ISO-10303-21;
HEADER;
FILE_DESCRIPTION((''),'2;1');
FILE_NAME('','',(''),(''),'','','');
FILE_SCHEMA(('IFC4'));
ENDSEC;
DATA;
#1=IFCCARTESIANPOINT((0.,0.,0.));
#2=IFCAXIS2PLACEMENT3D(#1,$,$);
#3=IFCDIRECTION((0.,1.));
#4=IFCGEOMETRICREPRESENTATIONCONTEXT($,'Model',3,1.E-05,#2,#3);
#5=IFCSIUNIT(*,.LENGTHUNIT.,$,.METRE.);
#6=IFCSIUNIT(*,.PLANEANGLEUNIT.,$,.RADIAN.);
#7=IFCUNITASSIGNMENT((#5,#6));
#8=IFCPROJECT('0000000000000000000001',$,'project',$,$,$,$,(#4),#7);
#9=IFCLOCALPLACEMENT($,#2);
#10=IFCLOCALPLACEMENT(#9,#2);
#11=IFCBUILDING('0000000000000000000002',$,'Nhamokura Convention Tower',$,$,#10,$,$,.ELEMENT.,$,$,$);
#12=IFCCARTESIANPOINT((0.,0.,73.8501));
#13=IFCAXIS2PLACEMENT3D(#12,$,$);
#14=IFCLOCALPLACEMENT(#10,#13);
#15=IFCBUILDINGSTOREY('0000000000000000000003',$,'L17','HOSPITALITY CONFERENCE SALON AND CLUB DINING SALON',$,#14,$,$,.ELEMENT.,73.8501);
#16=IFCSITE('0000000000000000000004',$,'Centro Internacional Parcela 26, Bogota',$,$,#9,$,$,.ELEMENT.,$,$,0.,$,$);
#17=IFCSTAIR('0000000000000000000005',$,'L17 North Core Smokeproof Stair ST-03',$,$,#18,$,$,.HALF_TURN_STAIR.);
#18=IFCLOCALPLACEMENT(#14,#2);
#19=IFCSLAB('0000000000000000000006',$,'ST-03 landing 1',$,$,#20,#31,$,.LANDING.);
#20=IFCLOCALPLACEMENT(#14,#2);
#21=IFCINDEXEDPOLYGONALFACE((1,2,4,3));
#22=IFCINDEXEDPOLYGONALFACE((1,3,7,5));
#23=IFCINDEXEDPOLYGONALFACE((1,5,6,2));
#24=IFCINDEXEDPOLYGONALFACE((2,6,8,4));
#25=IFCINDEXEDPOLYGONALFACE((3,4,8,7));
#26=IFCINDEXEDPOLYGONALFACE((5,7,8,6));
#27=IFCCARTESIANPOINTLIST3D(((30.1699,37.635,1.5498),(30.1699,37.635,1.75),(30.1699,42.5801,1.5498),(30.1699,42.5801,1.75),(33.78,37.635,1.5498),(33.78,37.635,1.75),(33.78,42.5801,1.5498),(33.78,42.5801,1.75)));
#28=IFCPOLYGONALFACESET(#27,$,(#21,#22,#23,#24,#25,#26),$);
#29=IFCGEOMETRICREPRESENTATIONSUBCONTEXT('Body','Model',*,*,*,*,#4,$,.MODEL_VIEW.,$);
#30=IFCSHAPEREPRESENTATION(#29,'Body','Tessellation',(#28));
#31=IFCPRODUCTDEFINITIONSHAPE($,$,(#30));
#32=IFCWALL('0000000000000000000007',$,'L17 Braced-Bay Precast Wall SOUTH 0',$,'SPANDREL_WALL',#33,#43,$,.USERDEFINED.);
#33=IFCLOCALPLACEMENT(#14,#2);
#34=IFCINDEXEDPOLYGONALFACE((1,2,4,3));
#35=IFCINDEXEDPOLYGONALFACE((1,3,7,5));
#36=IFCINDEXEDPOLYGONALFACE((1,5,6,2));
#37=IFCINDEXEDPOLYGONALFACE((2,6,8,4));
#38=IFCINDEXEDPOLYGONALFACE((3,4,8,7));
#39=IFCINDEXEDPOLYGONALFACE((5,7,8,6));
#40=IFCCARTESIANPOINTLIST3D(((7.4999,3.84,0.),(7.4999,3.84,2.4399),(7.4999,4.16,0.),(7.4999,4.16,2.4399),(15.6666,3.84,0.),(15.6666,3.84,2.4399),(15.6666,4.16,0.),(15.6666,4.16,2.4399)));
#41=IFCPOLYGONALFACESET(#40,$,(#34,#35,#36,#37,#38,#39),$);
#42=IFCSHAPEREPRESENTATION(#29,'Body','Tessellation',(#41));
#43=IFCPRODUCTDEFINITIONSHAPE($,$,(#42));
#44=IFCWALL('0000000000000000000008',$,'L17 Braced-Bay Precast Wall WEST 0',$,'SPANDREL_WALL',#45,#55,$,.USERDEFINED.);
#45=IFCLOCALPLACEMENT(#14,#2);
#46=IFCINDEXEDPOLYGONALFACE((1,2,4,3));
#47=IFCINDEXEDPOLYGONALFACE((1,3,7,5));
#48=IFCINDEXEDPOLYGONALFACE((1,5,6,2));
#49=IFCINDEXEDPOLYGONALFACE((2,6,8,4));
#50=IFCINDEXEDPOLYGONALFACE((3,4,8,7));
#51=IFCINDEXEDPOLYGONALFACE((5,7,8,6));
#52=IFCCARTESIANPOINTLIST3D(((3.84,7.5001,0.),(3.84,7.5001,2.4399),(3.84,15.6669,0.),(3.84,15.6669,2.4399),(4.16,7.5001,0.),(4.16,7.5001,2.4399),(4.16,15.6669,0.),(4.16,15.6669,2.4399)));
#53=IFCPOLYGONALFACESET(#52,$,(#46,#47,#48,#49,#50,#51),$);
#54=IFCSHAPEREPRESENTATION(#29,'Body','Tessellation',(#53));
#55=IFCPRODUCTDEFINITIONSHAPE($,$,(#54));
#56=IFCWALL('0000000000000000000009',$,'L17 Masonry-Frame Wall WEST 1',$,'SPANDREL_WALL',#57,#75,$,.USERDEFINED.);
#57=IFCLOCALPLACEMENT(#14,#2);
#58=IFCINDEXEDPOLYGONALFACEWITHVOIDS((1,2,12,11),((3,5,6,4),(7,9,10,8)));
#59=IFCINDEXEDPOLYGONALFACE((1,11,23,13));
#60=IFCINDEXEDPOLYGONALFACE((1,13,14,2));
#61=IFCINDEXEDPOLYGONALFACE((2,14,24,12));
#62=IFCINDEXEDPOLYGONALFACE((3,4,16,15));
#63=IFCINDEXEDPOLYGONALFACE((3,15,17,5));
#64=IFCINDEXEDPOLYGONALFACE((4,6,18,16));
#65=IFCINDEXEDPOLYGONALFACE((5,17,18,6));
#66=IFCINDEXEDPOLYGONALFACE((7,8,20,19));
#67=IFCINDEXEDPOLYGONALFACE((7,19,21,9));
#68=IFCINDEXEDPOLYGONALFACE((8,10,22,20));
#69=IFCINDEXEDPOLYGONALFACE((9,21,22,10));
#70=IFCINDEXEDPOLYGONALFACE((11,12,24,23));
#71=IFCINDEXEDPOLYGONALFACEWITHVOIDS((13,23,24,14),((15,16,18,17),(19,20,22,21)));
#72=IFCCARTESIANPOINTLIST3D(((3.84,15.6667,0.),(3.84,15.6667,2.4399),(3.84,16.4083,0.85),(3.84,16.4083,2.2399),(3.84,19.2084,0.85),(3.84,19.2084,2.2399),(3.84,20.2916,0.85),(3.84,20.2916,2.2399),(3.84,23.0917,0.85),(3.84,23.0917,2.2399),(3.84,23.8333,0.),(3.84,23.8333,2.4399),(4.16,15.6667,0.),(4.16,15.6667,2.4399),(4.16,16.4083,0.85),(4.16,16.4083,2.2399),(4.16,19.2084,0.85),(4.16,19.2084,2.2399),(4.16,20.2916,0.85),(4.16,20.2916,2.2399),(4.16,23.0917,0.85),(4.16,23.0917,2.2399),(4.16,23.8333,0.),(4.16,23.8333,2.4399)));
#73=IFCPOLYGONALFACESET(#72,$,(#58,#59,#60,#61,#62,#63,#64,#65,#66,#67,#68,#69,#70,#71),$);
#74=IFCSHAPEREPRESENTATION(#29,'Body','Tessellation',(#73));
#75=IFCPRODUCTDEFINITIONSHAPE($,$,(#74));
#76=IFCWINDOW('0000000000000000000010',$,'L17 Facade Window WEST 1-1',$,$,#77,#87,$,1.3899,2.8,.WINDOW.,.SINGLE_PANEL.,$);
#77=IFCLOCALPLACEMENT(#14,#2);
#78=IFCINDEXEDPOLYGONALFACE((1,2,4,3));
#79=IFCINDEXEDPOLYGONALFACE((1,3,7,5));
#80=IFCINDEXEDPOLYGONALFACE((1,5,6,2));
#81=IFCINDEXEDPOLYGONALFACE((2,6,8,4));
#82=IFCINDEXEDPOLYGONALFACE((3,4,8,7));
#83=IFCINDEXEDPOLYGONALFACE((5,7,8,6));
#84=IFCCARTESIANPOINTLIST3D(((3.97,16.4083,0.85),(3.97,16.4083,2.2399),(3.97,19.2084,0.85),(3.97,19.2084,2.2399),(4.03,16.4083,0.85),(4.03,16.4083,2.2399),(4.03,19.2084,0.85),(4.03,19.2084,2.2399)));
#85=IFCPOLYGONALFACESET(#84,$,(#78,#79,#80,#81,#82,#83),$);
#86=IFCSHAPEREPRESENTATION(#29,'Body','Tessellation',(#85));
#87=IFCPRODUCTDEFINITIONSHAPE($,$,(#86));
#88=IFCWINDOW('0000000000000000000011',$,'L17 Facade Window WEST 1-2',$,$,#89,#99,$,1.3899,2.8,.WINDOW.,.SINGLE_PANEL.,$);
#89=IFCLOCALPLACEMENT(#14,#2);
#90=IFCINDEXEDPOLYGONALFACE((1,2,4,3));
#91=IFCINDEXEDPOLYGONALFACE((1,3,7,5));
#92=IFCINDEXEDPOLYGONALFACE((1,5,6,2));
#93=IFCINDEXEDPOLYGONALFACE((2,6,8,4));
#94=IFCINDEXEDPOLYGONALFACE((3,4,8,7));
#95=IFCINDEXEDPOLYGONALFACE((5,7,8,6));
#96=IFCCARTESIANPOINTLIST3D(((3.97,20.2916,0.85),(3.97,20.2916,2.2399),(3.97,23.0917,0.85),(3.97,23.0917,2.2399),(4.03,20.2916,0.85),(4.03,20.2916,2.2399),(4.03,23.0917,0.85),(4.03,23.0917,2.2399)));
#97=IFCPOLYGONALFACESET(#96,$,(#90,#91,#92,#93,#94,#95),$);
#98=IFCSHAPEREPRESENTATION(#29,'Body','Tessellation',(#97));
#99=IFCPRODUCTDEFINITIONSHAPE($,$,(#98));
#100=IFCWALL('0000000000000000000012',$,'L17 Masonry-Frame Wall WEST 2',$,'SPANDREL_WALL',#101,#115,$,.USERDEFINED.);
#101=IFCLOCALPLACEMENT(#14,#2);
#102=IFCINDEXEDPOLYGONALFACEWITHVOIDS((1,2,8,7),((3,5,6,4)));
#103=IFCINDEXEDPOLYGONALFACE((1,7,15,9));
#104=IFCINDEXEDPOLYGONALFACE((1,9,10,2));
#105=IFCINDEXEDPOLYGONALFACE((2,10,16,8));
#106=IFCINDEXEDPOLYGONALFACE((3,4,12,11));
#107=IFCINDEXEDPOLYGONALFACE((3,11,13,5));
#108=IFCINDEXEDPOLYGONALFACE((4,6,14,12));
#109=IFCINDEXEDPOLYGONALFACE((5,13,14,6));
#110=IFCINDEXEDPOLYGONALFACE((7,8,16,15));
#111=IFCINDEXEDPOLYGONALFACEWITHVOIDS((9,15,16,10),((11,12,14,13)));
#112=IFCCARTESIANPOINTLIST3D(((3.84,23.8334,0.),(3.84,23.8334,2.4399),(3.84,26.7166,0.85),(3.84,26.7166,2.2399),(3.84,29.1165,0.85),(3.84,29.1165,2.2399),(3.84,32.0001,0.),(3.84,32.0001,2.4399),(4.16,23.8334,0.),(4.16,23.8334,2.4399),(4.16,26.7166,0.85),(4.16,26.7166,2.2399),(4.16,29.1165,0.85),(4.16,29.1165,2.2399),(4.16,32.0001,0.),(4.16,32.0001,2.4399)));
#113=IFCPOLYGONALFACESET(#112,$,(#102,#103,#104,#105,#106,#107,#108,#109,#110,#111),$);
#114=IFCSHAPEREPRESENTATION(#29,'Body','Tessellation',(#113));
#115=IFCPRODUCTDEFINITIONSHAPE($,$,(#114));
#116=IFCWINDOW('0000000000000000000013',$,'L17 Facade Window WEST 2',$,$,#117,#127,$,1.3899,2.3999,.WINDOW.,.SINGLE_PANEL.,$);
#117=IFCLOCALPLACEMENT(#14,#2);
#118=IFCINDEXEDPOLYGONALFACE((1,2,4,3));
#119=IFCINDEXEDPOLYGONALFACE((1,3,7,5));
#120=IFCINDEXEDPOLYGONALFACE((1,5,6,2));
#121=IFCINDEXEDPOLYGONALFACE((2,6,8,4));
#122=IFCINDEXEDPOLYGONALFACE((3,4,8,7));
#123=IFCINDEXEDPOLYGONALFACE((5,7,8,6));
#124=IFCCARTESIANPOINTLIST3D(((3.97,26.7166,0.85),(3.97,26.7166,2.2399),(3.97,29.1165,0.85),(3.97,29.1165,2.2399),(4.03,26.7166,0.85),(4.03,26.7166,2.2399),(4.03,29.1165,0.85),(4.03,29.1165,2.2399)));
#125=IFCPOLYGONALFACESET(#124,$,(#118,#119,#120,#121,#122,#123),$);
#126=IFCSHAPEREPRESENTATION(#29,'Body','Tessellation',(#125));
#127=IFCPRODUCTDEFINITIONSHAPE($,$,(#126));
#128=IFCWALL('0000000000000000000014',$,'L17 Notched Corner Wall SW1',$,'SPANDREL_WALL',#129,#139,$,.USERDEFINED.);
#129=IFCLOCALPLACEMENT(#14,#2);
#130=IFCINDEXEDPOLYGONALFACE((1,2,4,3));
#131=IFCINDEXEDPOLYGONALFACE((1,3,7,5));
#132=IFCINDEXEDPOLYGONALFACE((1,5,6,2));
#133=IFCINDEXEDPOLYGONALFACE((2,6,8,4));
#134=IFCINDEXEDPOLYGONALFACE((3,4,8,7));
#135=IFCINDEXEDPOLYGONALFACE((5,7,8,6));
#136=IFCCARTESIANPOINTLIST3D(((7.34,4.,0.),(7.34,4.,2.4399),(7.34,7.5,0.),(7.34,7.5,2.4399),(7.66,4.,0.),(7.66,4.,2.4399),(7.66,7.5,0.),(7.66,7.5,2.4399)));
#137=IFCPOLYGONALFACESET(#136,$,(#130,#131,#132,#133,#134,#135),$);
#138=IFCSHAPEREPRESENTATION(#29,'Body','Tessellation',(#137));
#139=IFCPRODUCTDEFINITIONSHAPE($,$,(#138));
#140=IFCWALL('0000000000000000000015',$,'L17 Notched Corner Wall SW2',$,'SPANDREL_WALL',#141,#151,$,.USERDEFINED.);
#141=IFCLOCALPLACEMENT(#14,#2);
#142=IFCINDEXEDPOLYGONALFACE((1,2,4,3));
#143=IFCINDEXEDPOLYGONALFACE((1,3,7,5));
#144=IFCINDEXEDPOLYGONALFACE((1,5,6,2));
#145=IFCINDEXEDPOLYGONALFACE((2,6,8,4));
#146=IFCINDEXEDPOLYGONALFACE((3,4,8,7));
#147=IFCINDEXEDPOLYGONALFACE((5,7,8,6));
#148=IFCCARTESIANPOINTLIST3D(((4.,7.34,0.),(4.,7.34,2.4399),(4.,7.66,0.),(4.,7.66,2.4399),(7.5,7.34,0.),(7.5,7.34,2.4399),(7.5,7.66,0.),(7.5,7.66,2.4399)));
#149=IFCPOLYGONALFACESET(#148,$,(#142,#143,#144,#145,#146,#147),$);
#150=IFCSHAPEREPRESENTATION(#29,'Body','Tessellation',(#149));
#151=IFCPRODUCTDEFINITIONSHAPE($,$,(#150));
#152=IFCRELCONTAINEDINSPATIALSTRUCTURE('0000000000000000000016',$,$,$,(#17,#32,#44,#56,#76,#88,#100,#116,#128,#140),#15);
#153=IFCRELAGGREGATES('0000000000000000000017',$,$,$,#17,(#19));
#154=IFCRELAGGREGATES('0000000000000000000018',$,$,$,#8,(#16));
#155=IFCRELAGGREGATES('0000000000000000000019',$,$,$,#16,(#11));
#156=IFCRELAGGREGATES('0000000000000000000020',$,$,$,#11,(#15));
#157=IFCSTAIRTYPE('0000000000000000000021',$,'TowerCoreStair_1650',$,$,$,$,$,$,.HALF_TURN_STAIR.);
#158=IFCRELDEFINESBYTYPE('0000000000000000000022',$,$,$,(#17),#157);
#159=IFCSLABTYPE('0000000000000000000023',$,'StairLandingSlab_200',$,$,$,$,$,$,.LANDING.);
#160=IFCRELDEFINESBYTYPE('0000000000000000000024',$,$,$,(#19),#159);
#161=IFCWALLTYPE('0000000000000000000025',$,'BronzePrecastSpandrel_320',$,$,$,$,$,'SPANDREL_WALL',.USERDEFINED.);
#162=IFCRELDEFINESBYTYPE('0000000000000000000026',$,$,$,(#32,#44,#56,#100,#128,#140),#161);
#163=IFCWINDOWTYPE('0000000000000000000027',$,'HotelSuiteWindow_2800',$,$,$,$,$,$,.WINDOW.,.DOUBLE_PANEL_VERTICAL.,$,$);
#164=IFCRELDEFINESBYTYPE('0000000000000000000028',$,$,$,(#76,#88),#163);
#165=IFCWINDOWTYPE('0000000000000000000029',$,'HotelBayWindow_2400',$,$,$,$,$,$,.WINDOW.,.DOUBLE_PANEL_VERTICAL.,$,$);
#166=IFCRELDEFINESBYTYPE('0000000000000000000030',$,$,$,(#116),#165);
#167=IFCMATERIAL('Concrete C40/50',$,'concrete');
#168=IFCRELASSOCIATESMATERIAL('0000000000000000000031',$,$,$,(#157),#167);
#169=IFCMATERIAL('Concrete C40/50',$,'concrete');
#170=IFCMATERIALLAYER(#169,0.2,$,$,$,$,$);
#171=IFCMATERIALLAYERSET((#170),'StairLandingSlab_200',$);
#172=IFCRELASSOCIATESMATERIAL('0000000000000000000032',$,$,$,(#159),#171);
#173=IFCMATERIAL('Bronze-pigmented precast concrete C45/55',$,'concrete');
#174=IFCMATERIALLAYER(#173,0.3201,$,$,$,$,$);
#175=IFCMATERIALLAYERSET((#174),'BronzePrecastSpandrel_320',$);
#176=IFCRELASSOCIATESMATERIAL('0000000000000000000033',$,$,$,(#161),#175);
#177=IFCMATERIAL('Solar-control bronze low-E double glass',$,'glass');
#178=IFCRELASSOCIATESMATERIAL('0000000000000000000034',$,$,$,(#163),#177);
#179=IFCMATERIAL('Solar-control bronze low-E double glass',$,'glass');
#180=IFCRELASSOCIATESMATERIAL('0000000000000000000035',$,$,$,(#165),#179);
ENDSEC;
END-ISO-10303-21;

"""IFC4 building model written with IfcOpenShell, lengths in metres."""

from ifc_helpers import new_model, si_unit, direction, frame, frame_2d, origin, place, context, subcontext, project, spatial, polyline, rectangle, outline, extrude, material, layer, layer_set, type_object, element, fill, aggregate, save


model = new_model("IFC4")

# Units and contexts
model_context = context("Model", 3, precision=1e-05, world=origin(), true_north=direction((0.0, 1.0)))
body_context = subcontext(model_context, "Body", "Model", "MODEL_VIEW")
ifc_project = project(units=[si_unit("LENGTHUNIT", "METRE"), si_unit("PLANEANGLEUNIT", "RADIAN")], contexts=[model_context])

# Site, building, storey
site_placement = place(None, origin())
site = spatial("IfcSite", under=ifc_project, at=site_placement, Name="Centro Internacional Parcela 26, Bogota", CompositionType="ELEMENT", RefElevation=0.0)
building_placement = place(site_placement, origin())
building = spatial("IfcBuilding", under=site, at=building_placement, Name="Nhamokura Convention Tower", CompositionType="ELEMENT")
storey_placement = place(building_placement, frame((0.0, 0.0, 73.8501)))
storey = spatial("IfcBuildingStorey", under=building, at=storey_placement, Name="L17", Description="HOSPITALITY CONFERENCE SALON AND CLUB DINING SALON", CompositionType="ELEMENT", Elevation=73.8501)

# Stair, slab
ifc_material_1 = material(Name="Concrete C40/50", Category="concrete")
stair_type = type_object("IfcStairType", Name="TowerCoreStair_1650", PredefinedType="HALF_TURN_STAIR", material=ifc_material_1)
ifc_material_2 = material(Name="Concrete C40/50", Category="concrete")
ifc_layer_1 = layer(ifc_material_2, 0.2)
ifc_layer_set_1 = layer_set([ifc_layer_1], Name="StairLandingSlab_200")
slab_type_1 = type_object("IfcSlabType", Name="StairLandingSlab_200", PredefinedType="LANDING", material=ifc_layer_set_1)
stair_1_placement = place(storey_placement, origin())
stair_1 = element("IfcStair", 1, at=stair_1_placement, inside=storey, type_object=stair_type, Name="L17 North Core Smokeproof Stair ST-03", PredefinedType="HALF_TURN_STAIR")
slab_1_placement = place(storey_placement, frame((0.0, 0.0, 1.5498)))
slab_1 = element("IfcSlab", 2, at=slab_1_placement, type_object=slab_type_1, Name="ST-03 landing 1", PredefinedType="LANDING", context=body_context, shape_type="SweptSolid", body=[
    extrude(outline(polyline([(33.78, 37.635), (33.78, 42.5801), (30.1699, 42.5801), (30.1699, 37.635), (33.78, 37.635)])), origin(), (0.0, 0.0, 1.0), 0.2002),
])
aggregate(stair_1, [slab_1])

# Walls
ifc_material_3 = material(Name="Bronze-pigmented precast concrete C45/55", Category="concrete")
ifc_layer_2 = layer(ifc_material_3, 0.3201)
ifc_layer_set_2 = layer_set([ifc_layer_2], Name="BronzePrecastSpandrel_320")
wall_type_1 = type_object("IfcWallType", Name="BronzePrecastSpandrel_320", ElementType="SPANDREL_WALL", PredefinedType="USERDEFINED", material=ifc_layer_set_2)
for number, where, z_axis, x_axis, name in (
    (3, (15.6667, 4.0, 0.0), (0.0, 0.0, 1.0), (-1.0, 0.0, 0.0), "L17 Braced-Bay Precast Wall SOUTH 0"),
    (4, (4.0, 7.5, 0.0), (0.0, 0.0, 1.0), (0.0, 1.0, 0.0), "L17 Braced-Bay Precast Wall WEST 0"),
):
    element("IfcWall", number, at=place(storey_placement, frame(where, z_axis=z_axis, x_axis=x_axis)), inside=storey, type_object=wall_type_1, Name=name, ObjectType="SPANDREL_WALL", PredefinedType="USERDEFINED", context=body_context, shape_type="SweptSolid", body=[
        extrude(rectangle(XDim=8.1667, YDim=0.3201, at=frame_2d((4.0835, 0.0))), origin(), (0.0, 0.0, 1.0), 2.4399),
    ])

# Wall, openings, windows
wall_1_placement = place(storey_placement, frame((4.0, 15.6667, 0.0), z_axis=(0.0, 0.0, 1.0), x_axis=(0.0, 1.0, 0.0)))
wall_1 = element("IfcWall", 5, at=wall_1_placement, inside=storey, type_object=wall_type_1, Name="L17 Masonry-Frame Wall WEST 1", ObjectType="SPANDREL_WALL", PredefinedType="USERDEFINED", context=body_context, shape_type="SweptSolid", body=[
    extrude(rectangle(XDim=8.1665, YDim=0.3201, at=frame_2d((4.0833, 0.0))), origin(), (0.0, 0.0, 1.0), 2.4399),
])
opening_1_placement = place(wall_1_placement, frame((0.7417, 0.0, 0.8501)))
opening_1 = element("IfcOpeningElement", 6, at=opening_1_placement, cuts=wall_1, PredefinedType="OPENING", context=body_context, shape_type="SweptSolid", body=[
    extrude(rectangle(XDim=2.8, YDim=1.3899, at=frame_2d((1.3999, 0.6948))), frame((0.0, 0.1699, 0.0), z_axis=(0.0, -1.0, 0.0), x_axis=(1.0, 0.0, 0.0)), (0.0, 0.0, 1.0), 0.3401),
])
opening_2_placement = place(wall_1_placement, frame((4.625, 0.0, 0.8501)))
opening_2 = element("IfcOpeningElement", 7, at=opening_2_placement, cuts=wall_1, PredefinedType="OPENING", context=body_context, shape_type="SweptSolid", body=[
    extrude(rectangle(XDim=2.8, YDim=1.3899, at=frame_2d((1.3999, 0.6948))), frame((0.0, 0.1699, 0.0), z_axis=(0.0, -1.0, 0.0), x_axis=(1.0, 0.0, 0.0)), (0.0, 0.0, 1.0), 0.3401),
])
ifc_material_4 = material(Name="Solar-control bronze low-E double glass", Category="glass")
window_type_1 = type_object("IfcWindowType", Name="HotelSuiteWindow_2800", PartitioningType="DOUBLE_PANEL_VERTICAL", PredefinedType="WINDOW", material=ifc_material_4)
window_1_placement = place(opening_1_placement, origin())
window_1 = element("IfcWindow", 8, at=window_1_placement, inside=storey, type_object=window_type_1, Name="L17 Facade Window WEST 1-1", OverallHeight=1.3899, OverallWidth=2.8, PartitioningType="SINGLE_PANEL", PredefinedType="WINDOW", context=body_context, shape_type="SweptSolid", body=[
    extrude(rectangle(XDim=2.8, YDim=1.3899, at=frame_2d((1.3999, 0.6948))), frame((0.0, 0.03, 0.0), z_axis=(0.0, -1.0, 0.0), x_axis=(1.0, 0.0, 0.0)), (0.0, 0.0, 1.0), 0.0601),
])
fill(opening_1, window_1)
window_2_placement = place(opening_2_placement, origin())
window_2 = element("IfcWindow", 9, at=window_2_placement, inside=storey, type_object=window_type_1, Name="L17 Facade Window WEST 1-2", OverallHeight=1.3899, OverallWidth=2.8, PartitioningType="SINGLE_PANEL", PredefinedType="WINDOW", context=body_context, shape_type="SweptSolid", body=[
    extrude(rectangle(XDim=2.8, YDim=1.3899, at=frame_2d((1.3999, 0.6948))), frame((0.0, 0.03, 0.0), z_axis=(0.0, -1.0, 0.0), x_axis=(1.0, 0.0, 0.0)), (0.0, 0.0, 1.0), 0.0601),
])
fill(opening_2, window_2)

# Wall, opening, window
wall_2_placement = place(storey_placement, frame((4.0, 23.8333, 0.0), z_axis=(0.0, 0.0, 1.0), x_axis=(0.0, 1.0, 0.0)))
wall_2 = element("IfcWall", 10, at=wall_2_placement, inside=storey, type_object=wall_type_1, Name="L17 Masonry-Frame Wall WEST 2", ObjectType="SPANDREL_WALL", PredefinedType="USERDEFINED", context=body_context, shape_type="SweptSolid", body=[
    extrude(rectangle(XDim=8.1667, YDim=0.3201, at=frame_2d((4.0835, 0.0))), origin(), (0.0, 0.0, 1.0), 2.4399),
])
opening_3_placement = place(wall_2_placement, frame((2.8833, 0.0, 0.8501)))
opening_3 = element("IfcOpeningElement", 11, at=opening_3_placement, cuts=wall_2, PredefinedType="OPENING", context=body_context, shape_type="SweptSolid", body=[
    extrude(rectangle(XDim=2.3999, YDim=1.3899, at=frame_2d((1.2, 0.6948))), frame((0.0, 0.1699, 0.0), z_axis=(0.0, -1.0, 0.0), x_axis=(1.0, 0.0, 0.0)), (0.0, 0.0, 1.0), 0.3401),
])
ifc_material_5 = material(Name="Solar-control bronze low-E double glass", Category="glass")
window_type_2 = type_object("IfcWindowType", Name="HotelBayWindow_2400", PartitioningType="DOUBLE_PANEL_VERTICAL", PredefinedType="WINDOW", material=ifc_material_5)
window_3_placement = place(opening_3_placement, origin())
window_3 = element("IfcWindow", 12, at=window_3_placement, inside=storey, type_object=window_type_2, Name="L17 Facade Window WEST 2", OverallHeight=1.3899, OverallWidth=2.3999, PartitioningType="SINGLE_PANEL", PredefinedType="WINDOW", context=body_context, shape_type="SweptSolid", body=[
    extrude(rectangle(XDim=2.3999, YDim=1.3899, at=frame_2d((1.2, 0.6948))), frame((0.0, 0.03, 0.0), z_axis=(0.0, -1.0, 0.0), x_axis=(1.0, 0.0, 0.0)), (0.0, 0.0, 1.0), 0.0601),
])
fill(opening_3, window_3)

# Walls
for number, where, z_axis, x_axis, name in (
    (13, (7.5, 4.0, 0.0), (0.0, 0.0, 1.0), (0.0, 1.0, 0.0), "L17 Notched Corner Wall SW1"),
    (14, (7.5, 7.5, 0.0), (0.0, 0.0, 1.0), (-1.0, 0.0, 0.0), "L17 Notched Corner Wall SW2"),
):
    element("IfcWall", number, at=place(storey_placement, frame(where, z_axis=z_axis, x_axis=x_axis)), inside=storey, type_object=wall_type_1, Name=name, ObjectType="SPANDREL_WALL", PredefinedType="USERDEFINED", context=body_context, shape_type="SweptSolid", body=[
        extrude(rectangle(XDim=3.5, YDim=0.3201, at=frame_2d((1.75, 0.0))), origin(), (0.0, 0.0, 1.0), 2.4399),
    ])

save(model, "model.ifc")
